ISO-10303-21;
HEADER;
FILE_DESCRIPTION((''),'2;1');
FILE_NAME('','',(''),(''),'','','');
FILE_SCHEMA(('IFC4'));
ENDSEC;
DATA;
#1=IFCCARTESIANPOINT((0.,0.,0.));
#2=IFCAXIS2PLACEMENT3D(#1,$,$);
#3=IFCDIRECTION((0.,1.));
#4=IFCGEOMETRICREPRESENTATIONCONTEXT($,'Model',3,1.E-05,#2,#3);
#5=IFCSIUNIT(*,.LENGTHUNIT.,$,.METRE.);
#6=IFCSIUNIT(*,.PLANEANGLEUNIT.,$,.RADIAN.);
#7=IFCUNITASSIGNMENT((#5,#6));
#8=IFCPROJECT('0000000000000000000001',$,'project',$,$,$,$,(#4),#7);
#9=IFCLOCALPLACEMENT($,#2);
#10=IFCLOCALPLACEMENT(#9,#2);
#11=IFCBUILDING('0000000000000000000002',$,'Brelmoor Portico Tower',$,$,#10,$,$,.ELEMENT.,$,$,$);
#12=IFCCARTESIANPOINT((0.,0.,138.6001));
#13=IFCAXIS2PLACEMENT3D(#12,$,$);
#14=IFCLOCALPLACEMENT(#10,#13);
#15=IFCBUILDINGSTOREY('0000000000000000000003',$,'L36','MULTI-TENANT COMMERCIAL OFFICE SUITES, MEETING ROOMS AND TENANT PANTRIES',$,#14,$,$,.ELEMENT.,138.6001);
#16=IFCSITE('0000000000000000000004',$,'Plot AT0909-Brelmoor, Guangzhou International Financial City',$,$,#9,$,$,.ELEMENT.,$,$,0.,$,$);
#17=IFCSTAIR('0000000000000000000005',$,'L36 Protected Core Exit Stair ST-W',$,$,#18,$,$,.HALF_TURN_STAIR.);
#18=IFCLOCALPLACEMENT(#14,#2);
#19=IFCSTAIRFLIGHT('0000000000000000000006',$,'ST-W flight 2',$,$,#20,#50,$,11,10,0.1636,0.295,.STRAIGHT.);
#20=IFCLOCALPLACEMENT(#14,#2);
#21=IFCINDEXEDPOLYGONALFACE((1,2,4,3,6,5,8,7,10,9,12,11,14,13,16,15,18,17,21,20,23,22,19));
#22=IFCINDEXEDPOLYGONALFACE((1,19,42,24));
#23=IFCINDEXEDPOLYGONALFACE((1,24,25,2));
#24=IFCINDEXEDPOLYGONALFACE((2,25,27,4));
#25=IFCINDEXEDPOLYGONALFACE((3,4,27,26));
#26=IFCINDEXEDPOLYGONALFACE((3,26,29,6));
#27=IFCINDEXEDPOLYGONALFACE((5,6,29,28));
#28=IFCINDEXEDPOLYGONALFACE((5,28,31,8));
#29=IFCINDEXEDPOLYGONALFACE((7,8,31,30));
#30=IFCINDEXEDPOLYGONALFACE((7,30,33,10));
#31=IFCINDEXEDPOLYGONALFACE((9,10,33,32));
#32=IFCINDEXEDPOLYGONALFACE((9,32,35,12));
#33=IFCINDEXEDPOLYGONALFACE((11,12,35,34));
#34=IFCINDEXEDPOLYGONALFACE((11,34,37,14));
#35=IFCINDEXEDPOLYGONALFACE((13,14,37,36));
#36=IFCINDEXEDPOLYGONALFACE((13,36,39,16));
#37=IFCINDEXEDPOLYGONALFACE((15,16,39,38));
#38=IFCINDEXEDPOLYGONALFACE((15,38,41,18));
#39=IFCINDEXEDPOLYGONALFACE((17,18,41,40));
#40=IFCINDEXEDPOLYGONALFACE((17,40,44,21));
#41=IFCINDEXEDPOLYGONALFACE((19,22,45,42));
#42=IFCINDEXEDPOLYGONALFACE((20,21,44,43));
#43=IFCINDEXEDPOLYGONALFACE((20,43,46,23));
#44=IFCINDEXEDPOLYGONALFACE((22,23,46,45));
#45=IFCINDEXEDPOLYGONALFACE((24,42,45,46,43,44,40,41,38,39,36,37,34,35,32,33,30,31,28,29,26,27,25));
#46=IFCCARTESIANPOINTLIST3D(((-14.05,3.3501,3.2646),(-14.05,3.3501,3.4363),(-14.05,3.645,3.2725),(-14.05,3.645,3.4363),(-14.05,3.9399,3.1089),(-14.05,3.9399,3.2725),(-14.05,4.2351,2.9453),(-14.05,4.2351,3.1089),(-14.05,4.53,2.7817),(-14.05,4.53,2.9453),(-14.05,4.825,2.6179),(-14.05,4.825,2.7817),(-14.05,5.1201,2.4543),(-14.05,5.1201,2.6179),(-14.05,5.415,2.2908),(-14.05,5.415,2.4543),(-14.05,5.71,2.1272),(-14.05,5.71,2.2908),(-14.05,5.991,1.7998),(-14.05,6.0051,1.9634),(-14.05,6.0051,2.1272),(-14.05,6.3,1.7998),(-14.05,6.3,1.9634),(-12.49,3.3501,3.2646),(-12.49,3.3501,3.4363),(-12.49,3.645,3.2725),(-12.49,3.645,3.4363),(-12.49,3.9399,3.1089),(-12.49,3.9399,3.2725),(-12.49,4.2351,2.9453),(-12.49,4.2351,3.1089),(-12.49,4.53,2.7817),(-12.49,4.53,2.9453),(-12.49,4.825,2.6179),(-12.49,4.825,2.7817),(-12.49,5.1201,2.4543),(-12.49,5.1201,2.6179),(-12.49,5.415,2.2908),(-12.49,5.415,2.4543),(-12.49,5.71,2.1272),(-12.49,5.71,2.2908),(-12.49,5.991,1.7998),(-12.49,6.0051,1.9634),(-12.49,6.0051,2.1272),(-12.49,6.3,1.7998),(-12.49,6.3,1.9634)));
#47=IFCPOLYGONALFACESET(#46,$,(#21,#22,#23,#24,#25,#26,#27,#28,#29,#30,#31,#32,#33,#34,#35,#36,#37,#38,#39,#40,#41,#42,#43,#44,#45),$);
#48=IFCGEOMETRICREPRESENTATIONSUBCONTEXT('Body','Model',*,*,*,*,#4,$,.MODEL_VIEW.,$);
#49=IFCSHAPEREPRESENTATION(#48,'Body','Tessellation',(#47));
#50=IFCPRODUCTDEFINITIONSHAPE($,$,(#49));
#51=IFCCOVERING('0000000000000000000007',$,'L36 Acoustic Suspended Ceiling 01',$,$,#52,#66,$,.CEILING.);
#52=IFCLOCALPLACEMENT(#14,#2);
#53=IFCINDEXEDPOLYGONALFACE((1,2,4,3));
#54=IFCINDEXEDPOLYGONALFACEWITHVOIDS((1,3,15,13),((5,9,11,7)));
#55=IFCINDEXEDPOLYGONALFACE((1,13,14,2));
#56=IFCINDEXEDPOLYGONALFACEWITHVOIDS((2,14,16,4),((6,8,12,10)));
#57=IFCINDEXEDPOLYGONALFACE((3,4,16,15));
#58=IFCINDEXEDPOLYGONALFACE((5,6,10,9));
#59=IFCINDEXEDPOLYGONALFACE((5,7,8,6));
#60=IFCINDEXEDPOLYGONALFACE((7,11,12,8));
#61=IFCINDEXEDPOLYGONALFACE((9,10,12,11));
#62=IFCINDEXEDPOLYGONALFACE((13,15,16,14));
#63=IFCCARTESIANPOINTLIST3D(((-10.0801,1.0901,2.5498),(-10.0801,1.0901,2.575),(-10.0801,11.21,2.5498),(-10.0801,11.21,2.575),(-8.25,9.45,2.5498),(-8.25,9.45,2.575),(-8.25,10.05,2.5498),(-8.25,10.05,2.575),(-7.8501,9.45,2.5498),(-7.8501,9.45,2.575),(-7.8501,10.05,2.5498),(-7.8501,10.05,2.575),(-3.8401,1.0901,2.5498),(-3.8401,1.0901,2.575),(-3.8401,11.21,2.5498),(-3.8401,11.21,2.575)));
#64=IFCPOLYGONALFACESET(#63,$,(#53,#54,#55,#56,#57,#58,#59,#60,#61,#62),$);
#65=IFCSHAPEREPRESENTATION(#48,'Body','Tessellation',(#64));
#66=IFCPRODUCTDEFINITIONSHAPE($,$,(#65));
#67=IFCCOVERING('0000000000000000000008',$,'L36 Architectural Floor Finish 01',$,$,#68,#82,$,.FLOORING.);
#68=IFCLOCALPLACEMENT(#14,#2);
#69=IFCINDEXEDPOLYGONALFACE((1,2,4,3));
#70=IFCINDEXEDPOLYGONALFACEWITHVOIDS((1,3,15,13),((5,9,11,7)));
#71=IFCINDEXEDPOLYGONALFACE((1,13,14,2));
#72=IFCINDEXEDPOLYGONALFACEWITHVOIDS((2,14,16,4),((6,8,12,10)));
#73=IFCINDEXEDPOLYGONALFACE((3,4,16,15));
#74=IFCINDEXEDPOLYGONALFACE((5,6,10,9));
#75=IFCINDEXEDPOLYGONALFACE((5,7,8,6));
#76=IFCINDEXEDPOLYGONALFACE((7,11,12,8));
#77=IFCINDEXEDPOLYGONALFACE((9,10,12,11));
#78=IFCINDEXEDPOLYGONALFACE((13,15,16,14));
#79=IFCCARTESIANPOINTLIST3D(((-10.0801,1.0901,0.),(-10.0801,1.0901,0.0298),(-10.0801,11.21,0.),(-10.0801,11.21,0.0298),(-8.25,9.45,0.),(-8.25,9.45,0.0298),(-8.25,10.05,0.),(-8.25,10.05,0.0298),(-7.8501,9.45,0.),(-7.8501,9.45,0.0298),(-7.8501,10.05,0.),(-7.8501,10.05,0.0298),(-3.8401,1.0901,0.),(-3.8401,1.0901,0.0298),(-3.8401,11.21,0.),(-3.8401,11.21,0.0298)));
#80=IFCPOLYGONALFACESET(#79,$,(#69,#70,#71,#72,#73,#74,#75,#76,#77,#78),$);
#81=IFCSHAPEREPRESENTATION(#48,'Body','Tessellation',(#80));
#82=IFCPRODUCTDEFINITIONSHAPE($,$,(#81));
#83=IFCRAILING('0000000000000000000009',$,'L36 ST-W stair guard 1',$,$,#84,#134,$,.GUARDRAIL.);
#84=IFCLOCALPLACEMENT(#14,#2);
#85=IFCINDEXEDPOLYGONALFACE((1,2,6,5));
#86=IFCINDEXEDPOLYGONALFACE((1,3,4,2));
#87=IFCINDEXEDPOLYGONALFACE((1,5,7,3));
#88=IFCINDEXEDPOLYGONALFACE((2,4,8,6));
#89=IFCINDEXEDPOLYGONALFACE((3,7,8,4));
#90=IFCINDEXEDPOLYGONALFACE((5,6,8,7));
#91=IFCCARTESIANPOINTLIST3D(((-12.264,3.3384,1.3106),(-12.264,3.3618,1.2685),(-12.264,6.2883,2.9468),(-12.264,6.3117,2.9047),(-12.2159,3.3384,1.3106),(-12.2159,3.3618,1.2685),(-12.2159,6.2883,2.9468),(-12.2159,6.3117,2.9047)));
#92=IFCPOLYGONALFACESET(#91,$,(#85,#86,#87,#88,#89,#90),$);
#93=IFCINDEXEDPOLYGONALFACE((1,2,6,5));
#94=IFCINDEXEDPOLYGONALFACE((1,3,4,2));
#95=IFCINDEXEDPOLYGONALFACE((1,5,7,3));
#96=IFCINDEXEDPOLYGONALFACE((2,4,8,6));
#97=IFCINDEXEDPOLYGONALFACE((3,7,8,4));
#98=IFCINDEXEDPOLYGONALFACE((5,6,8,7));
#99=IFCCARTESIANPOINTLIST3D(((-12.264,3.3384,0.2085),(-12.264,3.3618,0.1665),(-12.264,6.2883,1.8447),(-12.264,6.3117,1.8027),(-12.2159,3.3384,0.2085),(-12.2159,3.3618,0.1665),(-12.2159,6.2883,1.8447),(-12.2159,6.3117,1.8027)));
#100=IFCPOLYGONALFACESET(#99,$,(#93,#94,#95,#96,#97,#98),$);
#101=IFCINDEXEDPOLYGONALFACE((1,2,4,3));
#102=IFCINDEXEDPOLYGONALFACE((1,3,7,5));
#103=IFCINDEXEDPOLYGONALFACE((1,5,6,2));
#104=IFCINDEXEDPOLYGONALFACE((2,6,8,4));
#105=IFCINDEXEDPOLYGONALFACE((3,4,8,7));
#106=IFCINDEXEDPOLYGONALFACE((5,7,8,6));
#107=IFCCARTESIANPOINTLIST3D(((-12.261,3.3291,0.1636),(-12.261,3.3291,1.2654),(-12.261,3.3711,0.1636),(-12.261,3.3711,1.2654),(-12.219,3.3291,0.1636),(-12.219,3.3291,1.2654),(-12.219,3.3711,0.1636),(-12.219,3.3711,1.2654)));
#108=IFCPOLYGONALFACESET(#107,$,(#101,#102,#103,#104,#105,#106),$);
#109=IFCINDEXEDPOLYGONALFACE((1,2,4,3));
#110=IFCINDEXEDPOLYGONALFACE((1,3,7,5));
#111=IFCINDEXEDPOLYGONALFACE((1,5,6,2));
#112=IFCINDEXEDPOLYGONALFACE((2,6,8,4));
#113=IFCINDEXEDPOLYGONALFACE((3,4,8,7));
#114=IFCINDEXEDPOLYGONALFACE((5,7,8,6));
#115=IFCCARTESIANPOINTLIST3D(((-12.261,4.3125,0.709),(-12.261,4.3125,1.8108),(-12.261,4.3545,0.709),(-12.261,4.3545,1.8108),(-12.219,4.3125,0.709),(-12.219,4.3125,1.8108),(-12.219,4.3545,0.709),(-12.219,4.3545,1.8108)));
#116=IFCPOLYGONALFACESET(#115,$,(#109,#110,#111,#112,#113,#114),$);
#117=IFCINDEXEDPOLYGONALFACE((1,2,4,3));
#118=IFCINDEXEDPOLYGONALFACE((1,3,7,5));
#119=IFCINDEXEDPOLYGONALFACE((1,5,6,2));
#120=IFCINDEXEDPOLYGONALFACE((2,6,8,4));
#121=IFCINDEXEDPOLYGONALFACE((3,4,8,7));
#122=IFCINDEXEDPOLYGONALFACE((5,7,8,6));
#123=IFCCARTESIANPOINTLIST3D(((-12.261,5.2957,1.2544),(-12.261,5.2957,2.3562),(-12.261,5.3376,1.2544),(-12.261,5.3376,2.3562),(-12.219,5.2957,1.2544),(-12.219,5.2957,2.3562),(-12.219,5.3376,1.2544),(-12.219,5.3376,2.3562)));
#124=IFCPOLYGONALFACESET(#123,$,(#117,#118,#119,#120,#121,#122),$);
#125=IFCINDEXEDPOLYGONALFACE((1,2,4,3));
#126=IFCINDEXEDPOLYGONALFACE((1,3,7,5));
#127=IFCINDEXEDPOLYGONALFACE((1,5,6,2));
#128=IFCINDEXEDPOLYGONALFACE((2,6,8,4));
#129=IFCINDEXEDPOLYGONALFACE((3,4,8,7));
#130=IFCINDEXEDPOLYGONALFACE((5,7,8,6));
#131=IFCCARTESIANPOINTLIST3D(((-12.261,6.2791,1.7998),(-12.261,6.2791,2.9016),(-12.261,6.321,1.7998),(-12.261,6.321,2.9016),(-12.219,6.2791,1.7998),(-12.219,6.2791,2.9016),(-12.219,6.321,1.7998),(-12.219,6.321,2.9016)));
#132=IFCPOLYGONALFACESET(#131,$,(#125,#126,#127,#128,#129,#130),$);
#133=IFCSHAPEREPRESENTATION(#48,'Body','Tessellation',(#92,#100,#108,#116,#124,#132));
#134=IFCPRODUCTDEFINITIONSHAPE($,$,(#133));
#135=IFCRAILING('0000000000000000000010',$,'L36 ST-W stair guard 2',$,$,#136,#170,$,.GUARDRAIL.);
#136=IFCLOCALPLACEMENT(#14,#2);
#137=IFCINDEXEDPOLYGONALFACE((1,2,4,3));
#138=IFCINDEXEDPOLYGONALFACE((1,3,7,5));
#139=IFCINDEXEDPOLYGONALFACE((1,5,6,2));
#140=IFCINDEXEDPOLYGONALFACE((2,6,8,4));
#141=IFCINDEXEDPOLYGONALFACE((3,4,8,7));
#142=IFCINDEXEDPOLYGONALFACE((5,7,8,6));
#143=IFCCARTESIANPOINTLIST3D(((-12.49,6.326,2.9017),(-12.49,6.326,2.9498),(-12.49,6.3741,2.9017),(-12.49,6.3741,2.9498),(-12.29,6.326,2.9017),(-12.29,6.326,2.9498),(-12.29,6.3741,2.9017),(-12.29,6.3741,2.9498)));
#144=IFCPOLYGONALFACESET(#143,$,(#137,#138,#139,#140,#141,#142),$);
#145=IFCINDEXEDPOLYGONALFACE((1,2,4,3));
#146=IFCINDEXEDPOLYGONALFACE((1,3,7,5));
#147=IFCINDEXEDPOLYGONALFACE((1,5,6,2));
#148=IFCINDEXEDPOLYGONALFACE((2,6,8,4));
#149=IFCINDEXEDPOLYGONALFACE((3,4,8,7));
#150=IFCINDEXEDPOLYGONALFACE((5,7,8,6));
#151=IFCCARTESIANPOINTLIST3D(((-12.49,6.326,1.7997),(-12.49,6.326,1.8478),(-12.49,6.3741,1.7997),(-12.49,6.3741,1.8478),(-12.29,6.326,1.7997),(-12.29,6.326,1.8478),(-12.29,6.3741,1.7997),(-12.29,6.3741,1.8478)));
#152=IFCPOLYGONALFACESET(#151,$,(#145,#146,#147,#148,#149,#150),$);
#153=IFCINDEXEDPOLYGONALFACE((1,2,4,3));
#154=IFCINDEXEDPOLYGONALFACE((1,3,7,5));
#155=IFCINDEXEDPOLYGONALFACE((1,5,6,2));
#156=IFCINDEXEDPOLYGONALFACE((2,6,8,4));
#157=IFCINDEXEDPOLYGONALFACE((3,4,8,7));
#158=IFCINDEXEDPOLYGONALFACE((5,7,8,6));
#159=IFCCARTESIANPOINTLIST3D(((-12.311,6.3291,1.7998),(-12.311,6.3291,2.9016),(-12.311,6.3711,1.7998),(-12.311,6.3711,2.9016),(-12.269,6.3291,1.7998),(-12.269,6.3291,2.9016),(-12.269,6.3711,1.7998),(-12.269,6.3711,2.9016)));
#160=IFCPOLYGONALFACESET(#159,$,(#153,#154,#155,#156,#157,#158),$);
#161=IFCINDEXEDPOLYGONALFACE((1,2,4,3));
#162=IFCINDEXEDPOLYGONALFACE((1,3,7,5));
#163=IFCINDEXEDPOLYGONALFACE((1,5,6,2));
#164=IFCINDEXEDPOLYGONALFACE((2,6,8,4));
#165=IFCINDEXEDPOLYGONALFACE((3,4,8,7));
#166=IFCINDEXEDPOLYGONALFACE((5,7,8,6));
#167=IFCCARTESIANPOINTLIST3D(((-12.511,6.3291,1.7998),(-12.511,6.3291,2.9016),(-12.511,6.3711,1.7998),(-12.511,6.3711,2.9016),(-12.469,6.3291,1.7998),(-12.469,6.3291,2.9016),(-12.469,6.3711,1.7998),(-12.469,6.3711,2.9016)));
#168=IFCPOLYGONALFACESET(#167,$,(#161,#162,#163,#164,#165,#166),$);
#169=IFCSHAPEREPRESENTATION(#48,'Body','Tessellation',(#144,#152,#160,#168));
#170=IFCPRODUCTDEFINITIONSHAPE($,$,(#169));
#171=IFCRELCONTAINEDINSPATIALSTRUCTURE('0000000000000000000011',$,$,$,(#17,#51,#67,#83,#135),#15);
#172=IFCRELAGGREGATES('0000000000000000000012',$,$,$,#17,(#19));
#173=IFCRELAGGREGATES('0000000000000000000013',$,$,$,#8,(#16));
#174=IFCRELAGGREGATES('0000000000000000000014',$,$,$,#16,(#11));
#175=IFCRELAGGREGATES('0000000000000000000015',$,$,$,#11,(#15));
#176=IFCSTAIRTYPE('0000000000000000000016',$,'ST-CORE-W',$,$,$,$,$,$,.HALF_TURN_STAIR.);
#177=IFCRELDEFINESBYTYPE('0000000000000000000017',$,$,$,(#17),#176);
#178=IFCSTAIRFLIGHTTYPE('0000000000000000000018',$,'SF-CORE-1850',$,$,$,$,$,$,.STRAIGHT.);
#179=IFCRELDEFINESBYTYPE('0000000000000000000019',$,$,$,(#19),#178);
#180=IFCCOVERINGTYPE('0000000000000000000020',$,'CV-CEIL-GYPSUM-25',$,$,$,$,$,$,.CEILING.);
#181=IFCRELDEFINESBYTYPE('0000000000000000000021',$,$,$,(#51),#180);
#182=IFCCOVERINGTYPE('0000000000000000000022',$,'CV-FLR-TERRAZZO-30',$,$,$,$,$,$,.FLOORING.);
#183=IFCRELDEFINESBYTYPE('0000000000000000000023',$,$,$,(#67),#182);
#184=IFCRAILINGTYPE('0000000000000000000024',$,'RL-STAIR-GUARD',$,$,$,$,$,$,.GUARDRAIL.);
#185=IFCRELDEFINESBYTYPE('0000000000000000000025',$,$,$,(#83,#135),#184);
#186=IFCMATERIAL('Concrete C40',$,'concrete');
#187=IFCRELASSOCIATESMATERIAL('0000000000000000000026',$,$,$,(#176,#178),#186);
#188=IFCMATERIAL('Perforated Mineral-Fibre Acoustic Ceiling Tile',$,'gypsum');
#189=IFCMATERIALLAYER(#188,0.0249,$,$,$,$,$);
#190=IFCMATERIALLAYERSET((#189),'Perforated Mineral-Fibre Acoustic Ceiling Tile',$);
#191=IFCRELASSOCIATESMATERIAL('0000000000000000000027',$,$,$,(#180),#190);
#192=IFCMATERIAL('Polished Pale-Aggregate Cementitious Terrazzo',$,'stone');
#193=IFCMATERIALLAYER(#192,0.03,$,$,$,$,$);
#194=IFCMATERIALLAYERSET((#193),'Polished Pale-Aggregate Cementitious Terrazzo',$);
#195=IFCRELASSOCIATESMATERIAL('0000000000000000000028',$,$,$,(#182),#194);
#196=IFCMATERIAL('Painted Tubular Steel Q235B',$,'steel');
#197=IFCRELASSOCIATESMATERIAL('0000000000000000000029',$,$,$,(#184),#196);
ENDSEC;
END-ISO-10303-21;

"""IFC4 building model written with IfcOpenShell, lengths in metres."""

from ifc_helpers import new_model, si_unit, direction, frame, origin, origin_2d, place, context, subcontext, project, spatial, polyline, rectangle, outline, extrude, material, layer, layer_set, type_object, element, aggregate, save


model = new_model("IFC4")

# Units and contexts
model_context = context("Model", 3, precision=1e-05, world=origin(), true_north=direction((0.0, 1.0)))
body_context = subcontext(model_context, "Body", "Model", "MODEL_VIEW")
ifc_project = project(units=[si_unit("LENGTHUNIT", "METRE"), si_unit("PLANEANGLEUNIT", "RADIAN")], contexts=[model_context])

# Site, building, storey
site_placement = place(None, origin())
site = spatial("IfcSite", under=ifc_project, at=site_placement, Name="Plot AT0909-Brelmoor, Guangzhou International Financial City", CompositionType="ELEMENT", RefElevation=0.0)
building_placement = place(site_placement, origin())
building = spatial("IfcBuilding", under=site, at=building_placement, Name="Brelmoor Portico Tower", CompositionType="ELEMENT")
storey_placement = place(building_placement, frame((0.0, 0.0, 138.6001)))
storey = spatial("IfcBuildingStorey", under=building, at=storey_placement, Name="L36", Description="MULTI-TENANT COMMERCIAL OFFICE SUITES, MEETING ROOMS AND TENANT PANTRIES", CompositionType="ELEMENT", Elevation=138.6001)

# Shared definitions
ifc_material_1 = material(Name="Concrete C40", Category="concrete")

# Stair
stair_type_1 = type_object("IfcStairType", Name="ST-CORE-W", PredefinedType="HALF_TURN_STAIR", material=ifc_material_1)
stair_1_placement = place(storey_placement, origin())
stair_1 = element("IfcStair", 1, at=stair_1_placement, inside=storey, type_object=stair_type_1, Name="L36 Protected Core Exit Stair ST-W", PredefinedType="HALF_TURN_STAIR")

# Stair flight
stair_flight_type = type_object("IfcStairFlightType", Name="SF-CORE-1850", PredefinedType="STRAIGHT", material=ifc_material_1)
stair_flight_1_placement = place(storey_placement, frame((-13.27, 6.3, 1.7998), z_axis=(0.0, 0.0, 1.0), x_axis=(0.0, -1.0, 0.0)))
stair_flight_1 = element("IfcStairFlight", 2, at=stair_flight_1_placement, type_object=stair_flight_type, Name="ST-W flight 2", NumberOfRisers=11, NumberOfTreads=10, PredefinedType="STRAIGHT", RiserHeight=0.1636, TreadLength=0.295, context=body_context, shape_type="SweptSolid", body=[
    extrude(outline(polyline([(0.0, 0.0), (0.0, 0.1636), (0.2949, 0.1636), (0.2949, 0.3274), (0.5901, 0.3274), (0.5901, 0.491), (0.885, 0.491), (0.885, 0.6545), (1.1799, 0.6545), (1.1799, 0.8181), (1.4751, 0.8181), (1.4751, 0.9819), (1.77, 0.9819), (1.77, 1.1455), (2.0649, 1.1455), (2.0649, 1.3091), (2.3601, 1.3091), (2.3601, 1.4727), (2.655, 1.4727), (2.655, 1.6365), (2.95, 1.6365), (2.95, 1.8), (2.95, 1.4648), (0.3091, 0.0), (0.0, 0.0)])), frame((0.0, 0.78, 0.0), z_axis=(0.0, -1.0, 0.0), x_axis=(1.0, 0.0, 0.0)), (0.0, 0.0, 1.0), 1.5601),
])
aggregate(stair_1, [stair_flight_1])

# Coverings
ifc_material_2 = material(Name="Perforated Mineral-Fibre Acoustic Ceiling Tile", Category="gypsum")
ifc_layer_1 = layer(ifc_material_2, 0.0249)
ifc_layer_set_1 = layer_set([ifc_layer_1], Name="Perforated Mineral-Fibre Acoustic Ceiling Tile")
covering_type_1 = type_object("IfcCoveringType", Name="CV-CEIL-GYPSUM-25", PredefinedType="CEILING", material=ifc_layer_set_1)
covering_1_placement = place(storey_placement, frame((0.0, 0.0, 2.5498)))
element("IfcCovering", 3, at=covering_1_placement, inside=storey, type_object=covering_type_1, Name="L36 Acoustic Suspended Ceiling 01", PredefinedType="CEILING", context=body_context, shape_type="SweptSolid", body=[
    extrude(outline(polyline([(-10.0801, 11.21), (-3.8401, 11.21), (-3.8401, 1.0901), (-10.0801, 1.0901), (-10.0801, 11.21)]), holes=[polyline([(-7.8501, 9.45), (-7.8501, 10.05), (-8.25, 10.05), (-8.25, 9.45), (-7.8501, 9.45)])]), origin(), (0.0, 0.0, 1.0), 0.0251),
])
ifc_material_3 = material(Name="Polished Pale-Aggregate Cementitious Terrazzo", Category="stone")
ifc_layer_2 = layer(ifc_material_3, 0.03)
ifc_layer_set_2 = layer_set([ifc_layer_2], Name="Polished Pale-Aggregate Cementitious Terrazzo")
covering_type_2 = type_object("IfcCoveringType", Name="CV-FLR-TERRAZZO-30", PredefinedType="FLOORING", material=ifc_layer_set_2)
covering_2_placement = place(storey_placement, origin())
element("IfcCovering", 4, at=covering_2_placement, inside=storey, type_object=covering_type_2, Name="L36 Architectural Floor Finish 01", PredefinedType="FLOORING", context=body_context, shape_type="SweptSolid", body=[
    extrude(outline(polyline([(-10.0801, 11.21), (-3.8401, 11.21), (-3.8401, 1.0901), (-10.0801, 1.0901), (-10.0801, 11.21)]), holes=[polyline([(-7.8501, 9.45), (-7.8501, 10.05), (-8.25, 10.05), (-8.25, 9.45), (-7.8501, 9.45)])]), origin(), (0.0, 0.0, 1.0), 0.0298),
])

# Railings
ifc_material_4 = material(Name="Painted Tubular Steel Q235B", Category="steel")
railing_type_1 = type_object("IfcRailingType", Name="RL-STAIR-GUARD", PredefinedType="GUARDRAIL", material=ifc_material_4)
railing_1_placement = place(storey_placement, frame((-12.24, 3.3501, 0.1636)))
element("IfcRailing", 5, at=railing_1_placement, inside=storey, type_object=railing_type_1, Name="L36 ST-W stair guard 1", PredefinedType="GUARDRAIL", context=body_context, shape_type="SweptSolid", body=[
    extrude(rectangle(XDim=0.0481, YDim=0.0481, at=origin_2d()), frame((0.0, 0.0, 1.126), z_axis=(0.0, 0.874488, 0.485047), x_axis=(-1.0, 0.0, 0.0)), (0.0, 0.0, 1.0), 3.3733),
    extrude(rectangle(XDim=0.0481, YDim=0.0481, at=origin_2d()), frame((0.0, 0.0, 0.0239), z_axis=(0.0, 0.874488, 0.485047), x_axis=(-1.0, 0.0, 0.0)), (0.0, 0.0, 1.0), 3.3733),
    extrude(rectangle(XDim=0.042, YDim=0.042, at=origin_2d()), origin(), (0.0, 0.0, 1.0), 1.1018),
    extrude(rectangle(XDim=0.042, YDim=0.042, at=origin_2d()), frame((0.0, 0.9834, 0.5454)), (0.0, 0.0, 1.0), 1.1018),
    extrude(rectangle(XDim=0.042, YDim=0.042, at=origin_2d()), frame((0.0, 1.9666, 1.0908)), (0.0, 0.0, 1.0), 1.1018),
    extrude(rectangle(XDim=0.042, YDim=0.042, at=origin_2d()), frame((0.0, 2.95, 1.6362)), (0.0, 0.0, 1.0), 1.1018),
])
railing_2_placement = place(storey_placement, frame((-12.29, 6.3501, 1.7998)))
element("IfcRailing", 6, at=railing_2_placement, inside=storey, type_object=railing_type_1, Name="L36 ST-W stair guard 2", PredefinedType="GUARDRAIL", context=body_context, shape_type="SweptSolid", body=[
    extrude(rectangle(XDim=0.0481, YDim=0.0481, at=origin_2d()), frame((0.0, 0.0, 1.126), z_axis=(-1.0, 0.0, 0.0), x_axis=(0.0, -1.0, 0.0)), (0.0, 0.0, 1.0), 0.2),
    extrude(rectangle(XDim=0.0481, YDim=0.0481, at=origin_2d()), frame((0.0, 0.0, 0.0239), z_axis=(-1.0, 0.0, 0.0), x_axis=(0.0, -1.0, 0.0)), (0.0, 0.0, 1.0), 0.2),
    extrude(rectangle(XDim=0.042, YDim=0.042, at=origin_2d()), origin(), (0.0, 0.0, 1.0), 1.1018),
    extrude(rectangle(XDim=0.042, YDim=0.042, at=origin_2d()), frame((-0.2, 0.0, 0.0)), (0.0, 0.0, 1.0), 1.1018),
])

save(model, "model.ifc")
